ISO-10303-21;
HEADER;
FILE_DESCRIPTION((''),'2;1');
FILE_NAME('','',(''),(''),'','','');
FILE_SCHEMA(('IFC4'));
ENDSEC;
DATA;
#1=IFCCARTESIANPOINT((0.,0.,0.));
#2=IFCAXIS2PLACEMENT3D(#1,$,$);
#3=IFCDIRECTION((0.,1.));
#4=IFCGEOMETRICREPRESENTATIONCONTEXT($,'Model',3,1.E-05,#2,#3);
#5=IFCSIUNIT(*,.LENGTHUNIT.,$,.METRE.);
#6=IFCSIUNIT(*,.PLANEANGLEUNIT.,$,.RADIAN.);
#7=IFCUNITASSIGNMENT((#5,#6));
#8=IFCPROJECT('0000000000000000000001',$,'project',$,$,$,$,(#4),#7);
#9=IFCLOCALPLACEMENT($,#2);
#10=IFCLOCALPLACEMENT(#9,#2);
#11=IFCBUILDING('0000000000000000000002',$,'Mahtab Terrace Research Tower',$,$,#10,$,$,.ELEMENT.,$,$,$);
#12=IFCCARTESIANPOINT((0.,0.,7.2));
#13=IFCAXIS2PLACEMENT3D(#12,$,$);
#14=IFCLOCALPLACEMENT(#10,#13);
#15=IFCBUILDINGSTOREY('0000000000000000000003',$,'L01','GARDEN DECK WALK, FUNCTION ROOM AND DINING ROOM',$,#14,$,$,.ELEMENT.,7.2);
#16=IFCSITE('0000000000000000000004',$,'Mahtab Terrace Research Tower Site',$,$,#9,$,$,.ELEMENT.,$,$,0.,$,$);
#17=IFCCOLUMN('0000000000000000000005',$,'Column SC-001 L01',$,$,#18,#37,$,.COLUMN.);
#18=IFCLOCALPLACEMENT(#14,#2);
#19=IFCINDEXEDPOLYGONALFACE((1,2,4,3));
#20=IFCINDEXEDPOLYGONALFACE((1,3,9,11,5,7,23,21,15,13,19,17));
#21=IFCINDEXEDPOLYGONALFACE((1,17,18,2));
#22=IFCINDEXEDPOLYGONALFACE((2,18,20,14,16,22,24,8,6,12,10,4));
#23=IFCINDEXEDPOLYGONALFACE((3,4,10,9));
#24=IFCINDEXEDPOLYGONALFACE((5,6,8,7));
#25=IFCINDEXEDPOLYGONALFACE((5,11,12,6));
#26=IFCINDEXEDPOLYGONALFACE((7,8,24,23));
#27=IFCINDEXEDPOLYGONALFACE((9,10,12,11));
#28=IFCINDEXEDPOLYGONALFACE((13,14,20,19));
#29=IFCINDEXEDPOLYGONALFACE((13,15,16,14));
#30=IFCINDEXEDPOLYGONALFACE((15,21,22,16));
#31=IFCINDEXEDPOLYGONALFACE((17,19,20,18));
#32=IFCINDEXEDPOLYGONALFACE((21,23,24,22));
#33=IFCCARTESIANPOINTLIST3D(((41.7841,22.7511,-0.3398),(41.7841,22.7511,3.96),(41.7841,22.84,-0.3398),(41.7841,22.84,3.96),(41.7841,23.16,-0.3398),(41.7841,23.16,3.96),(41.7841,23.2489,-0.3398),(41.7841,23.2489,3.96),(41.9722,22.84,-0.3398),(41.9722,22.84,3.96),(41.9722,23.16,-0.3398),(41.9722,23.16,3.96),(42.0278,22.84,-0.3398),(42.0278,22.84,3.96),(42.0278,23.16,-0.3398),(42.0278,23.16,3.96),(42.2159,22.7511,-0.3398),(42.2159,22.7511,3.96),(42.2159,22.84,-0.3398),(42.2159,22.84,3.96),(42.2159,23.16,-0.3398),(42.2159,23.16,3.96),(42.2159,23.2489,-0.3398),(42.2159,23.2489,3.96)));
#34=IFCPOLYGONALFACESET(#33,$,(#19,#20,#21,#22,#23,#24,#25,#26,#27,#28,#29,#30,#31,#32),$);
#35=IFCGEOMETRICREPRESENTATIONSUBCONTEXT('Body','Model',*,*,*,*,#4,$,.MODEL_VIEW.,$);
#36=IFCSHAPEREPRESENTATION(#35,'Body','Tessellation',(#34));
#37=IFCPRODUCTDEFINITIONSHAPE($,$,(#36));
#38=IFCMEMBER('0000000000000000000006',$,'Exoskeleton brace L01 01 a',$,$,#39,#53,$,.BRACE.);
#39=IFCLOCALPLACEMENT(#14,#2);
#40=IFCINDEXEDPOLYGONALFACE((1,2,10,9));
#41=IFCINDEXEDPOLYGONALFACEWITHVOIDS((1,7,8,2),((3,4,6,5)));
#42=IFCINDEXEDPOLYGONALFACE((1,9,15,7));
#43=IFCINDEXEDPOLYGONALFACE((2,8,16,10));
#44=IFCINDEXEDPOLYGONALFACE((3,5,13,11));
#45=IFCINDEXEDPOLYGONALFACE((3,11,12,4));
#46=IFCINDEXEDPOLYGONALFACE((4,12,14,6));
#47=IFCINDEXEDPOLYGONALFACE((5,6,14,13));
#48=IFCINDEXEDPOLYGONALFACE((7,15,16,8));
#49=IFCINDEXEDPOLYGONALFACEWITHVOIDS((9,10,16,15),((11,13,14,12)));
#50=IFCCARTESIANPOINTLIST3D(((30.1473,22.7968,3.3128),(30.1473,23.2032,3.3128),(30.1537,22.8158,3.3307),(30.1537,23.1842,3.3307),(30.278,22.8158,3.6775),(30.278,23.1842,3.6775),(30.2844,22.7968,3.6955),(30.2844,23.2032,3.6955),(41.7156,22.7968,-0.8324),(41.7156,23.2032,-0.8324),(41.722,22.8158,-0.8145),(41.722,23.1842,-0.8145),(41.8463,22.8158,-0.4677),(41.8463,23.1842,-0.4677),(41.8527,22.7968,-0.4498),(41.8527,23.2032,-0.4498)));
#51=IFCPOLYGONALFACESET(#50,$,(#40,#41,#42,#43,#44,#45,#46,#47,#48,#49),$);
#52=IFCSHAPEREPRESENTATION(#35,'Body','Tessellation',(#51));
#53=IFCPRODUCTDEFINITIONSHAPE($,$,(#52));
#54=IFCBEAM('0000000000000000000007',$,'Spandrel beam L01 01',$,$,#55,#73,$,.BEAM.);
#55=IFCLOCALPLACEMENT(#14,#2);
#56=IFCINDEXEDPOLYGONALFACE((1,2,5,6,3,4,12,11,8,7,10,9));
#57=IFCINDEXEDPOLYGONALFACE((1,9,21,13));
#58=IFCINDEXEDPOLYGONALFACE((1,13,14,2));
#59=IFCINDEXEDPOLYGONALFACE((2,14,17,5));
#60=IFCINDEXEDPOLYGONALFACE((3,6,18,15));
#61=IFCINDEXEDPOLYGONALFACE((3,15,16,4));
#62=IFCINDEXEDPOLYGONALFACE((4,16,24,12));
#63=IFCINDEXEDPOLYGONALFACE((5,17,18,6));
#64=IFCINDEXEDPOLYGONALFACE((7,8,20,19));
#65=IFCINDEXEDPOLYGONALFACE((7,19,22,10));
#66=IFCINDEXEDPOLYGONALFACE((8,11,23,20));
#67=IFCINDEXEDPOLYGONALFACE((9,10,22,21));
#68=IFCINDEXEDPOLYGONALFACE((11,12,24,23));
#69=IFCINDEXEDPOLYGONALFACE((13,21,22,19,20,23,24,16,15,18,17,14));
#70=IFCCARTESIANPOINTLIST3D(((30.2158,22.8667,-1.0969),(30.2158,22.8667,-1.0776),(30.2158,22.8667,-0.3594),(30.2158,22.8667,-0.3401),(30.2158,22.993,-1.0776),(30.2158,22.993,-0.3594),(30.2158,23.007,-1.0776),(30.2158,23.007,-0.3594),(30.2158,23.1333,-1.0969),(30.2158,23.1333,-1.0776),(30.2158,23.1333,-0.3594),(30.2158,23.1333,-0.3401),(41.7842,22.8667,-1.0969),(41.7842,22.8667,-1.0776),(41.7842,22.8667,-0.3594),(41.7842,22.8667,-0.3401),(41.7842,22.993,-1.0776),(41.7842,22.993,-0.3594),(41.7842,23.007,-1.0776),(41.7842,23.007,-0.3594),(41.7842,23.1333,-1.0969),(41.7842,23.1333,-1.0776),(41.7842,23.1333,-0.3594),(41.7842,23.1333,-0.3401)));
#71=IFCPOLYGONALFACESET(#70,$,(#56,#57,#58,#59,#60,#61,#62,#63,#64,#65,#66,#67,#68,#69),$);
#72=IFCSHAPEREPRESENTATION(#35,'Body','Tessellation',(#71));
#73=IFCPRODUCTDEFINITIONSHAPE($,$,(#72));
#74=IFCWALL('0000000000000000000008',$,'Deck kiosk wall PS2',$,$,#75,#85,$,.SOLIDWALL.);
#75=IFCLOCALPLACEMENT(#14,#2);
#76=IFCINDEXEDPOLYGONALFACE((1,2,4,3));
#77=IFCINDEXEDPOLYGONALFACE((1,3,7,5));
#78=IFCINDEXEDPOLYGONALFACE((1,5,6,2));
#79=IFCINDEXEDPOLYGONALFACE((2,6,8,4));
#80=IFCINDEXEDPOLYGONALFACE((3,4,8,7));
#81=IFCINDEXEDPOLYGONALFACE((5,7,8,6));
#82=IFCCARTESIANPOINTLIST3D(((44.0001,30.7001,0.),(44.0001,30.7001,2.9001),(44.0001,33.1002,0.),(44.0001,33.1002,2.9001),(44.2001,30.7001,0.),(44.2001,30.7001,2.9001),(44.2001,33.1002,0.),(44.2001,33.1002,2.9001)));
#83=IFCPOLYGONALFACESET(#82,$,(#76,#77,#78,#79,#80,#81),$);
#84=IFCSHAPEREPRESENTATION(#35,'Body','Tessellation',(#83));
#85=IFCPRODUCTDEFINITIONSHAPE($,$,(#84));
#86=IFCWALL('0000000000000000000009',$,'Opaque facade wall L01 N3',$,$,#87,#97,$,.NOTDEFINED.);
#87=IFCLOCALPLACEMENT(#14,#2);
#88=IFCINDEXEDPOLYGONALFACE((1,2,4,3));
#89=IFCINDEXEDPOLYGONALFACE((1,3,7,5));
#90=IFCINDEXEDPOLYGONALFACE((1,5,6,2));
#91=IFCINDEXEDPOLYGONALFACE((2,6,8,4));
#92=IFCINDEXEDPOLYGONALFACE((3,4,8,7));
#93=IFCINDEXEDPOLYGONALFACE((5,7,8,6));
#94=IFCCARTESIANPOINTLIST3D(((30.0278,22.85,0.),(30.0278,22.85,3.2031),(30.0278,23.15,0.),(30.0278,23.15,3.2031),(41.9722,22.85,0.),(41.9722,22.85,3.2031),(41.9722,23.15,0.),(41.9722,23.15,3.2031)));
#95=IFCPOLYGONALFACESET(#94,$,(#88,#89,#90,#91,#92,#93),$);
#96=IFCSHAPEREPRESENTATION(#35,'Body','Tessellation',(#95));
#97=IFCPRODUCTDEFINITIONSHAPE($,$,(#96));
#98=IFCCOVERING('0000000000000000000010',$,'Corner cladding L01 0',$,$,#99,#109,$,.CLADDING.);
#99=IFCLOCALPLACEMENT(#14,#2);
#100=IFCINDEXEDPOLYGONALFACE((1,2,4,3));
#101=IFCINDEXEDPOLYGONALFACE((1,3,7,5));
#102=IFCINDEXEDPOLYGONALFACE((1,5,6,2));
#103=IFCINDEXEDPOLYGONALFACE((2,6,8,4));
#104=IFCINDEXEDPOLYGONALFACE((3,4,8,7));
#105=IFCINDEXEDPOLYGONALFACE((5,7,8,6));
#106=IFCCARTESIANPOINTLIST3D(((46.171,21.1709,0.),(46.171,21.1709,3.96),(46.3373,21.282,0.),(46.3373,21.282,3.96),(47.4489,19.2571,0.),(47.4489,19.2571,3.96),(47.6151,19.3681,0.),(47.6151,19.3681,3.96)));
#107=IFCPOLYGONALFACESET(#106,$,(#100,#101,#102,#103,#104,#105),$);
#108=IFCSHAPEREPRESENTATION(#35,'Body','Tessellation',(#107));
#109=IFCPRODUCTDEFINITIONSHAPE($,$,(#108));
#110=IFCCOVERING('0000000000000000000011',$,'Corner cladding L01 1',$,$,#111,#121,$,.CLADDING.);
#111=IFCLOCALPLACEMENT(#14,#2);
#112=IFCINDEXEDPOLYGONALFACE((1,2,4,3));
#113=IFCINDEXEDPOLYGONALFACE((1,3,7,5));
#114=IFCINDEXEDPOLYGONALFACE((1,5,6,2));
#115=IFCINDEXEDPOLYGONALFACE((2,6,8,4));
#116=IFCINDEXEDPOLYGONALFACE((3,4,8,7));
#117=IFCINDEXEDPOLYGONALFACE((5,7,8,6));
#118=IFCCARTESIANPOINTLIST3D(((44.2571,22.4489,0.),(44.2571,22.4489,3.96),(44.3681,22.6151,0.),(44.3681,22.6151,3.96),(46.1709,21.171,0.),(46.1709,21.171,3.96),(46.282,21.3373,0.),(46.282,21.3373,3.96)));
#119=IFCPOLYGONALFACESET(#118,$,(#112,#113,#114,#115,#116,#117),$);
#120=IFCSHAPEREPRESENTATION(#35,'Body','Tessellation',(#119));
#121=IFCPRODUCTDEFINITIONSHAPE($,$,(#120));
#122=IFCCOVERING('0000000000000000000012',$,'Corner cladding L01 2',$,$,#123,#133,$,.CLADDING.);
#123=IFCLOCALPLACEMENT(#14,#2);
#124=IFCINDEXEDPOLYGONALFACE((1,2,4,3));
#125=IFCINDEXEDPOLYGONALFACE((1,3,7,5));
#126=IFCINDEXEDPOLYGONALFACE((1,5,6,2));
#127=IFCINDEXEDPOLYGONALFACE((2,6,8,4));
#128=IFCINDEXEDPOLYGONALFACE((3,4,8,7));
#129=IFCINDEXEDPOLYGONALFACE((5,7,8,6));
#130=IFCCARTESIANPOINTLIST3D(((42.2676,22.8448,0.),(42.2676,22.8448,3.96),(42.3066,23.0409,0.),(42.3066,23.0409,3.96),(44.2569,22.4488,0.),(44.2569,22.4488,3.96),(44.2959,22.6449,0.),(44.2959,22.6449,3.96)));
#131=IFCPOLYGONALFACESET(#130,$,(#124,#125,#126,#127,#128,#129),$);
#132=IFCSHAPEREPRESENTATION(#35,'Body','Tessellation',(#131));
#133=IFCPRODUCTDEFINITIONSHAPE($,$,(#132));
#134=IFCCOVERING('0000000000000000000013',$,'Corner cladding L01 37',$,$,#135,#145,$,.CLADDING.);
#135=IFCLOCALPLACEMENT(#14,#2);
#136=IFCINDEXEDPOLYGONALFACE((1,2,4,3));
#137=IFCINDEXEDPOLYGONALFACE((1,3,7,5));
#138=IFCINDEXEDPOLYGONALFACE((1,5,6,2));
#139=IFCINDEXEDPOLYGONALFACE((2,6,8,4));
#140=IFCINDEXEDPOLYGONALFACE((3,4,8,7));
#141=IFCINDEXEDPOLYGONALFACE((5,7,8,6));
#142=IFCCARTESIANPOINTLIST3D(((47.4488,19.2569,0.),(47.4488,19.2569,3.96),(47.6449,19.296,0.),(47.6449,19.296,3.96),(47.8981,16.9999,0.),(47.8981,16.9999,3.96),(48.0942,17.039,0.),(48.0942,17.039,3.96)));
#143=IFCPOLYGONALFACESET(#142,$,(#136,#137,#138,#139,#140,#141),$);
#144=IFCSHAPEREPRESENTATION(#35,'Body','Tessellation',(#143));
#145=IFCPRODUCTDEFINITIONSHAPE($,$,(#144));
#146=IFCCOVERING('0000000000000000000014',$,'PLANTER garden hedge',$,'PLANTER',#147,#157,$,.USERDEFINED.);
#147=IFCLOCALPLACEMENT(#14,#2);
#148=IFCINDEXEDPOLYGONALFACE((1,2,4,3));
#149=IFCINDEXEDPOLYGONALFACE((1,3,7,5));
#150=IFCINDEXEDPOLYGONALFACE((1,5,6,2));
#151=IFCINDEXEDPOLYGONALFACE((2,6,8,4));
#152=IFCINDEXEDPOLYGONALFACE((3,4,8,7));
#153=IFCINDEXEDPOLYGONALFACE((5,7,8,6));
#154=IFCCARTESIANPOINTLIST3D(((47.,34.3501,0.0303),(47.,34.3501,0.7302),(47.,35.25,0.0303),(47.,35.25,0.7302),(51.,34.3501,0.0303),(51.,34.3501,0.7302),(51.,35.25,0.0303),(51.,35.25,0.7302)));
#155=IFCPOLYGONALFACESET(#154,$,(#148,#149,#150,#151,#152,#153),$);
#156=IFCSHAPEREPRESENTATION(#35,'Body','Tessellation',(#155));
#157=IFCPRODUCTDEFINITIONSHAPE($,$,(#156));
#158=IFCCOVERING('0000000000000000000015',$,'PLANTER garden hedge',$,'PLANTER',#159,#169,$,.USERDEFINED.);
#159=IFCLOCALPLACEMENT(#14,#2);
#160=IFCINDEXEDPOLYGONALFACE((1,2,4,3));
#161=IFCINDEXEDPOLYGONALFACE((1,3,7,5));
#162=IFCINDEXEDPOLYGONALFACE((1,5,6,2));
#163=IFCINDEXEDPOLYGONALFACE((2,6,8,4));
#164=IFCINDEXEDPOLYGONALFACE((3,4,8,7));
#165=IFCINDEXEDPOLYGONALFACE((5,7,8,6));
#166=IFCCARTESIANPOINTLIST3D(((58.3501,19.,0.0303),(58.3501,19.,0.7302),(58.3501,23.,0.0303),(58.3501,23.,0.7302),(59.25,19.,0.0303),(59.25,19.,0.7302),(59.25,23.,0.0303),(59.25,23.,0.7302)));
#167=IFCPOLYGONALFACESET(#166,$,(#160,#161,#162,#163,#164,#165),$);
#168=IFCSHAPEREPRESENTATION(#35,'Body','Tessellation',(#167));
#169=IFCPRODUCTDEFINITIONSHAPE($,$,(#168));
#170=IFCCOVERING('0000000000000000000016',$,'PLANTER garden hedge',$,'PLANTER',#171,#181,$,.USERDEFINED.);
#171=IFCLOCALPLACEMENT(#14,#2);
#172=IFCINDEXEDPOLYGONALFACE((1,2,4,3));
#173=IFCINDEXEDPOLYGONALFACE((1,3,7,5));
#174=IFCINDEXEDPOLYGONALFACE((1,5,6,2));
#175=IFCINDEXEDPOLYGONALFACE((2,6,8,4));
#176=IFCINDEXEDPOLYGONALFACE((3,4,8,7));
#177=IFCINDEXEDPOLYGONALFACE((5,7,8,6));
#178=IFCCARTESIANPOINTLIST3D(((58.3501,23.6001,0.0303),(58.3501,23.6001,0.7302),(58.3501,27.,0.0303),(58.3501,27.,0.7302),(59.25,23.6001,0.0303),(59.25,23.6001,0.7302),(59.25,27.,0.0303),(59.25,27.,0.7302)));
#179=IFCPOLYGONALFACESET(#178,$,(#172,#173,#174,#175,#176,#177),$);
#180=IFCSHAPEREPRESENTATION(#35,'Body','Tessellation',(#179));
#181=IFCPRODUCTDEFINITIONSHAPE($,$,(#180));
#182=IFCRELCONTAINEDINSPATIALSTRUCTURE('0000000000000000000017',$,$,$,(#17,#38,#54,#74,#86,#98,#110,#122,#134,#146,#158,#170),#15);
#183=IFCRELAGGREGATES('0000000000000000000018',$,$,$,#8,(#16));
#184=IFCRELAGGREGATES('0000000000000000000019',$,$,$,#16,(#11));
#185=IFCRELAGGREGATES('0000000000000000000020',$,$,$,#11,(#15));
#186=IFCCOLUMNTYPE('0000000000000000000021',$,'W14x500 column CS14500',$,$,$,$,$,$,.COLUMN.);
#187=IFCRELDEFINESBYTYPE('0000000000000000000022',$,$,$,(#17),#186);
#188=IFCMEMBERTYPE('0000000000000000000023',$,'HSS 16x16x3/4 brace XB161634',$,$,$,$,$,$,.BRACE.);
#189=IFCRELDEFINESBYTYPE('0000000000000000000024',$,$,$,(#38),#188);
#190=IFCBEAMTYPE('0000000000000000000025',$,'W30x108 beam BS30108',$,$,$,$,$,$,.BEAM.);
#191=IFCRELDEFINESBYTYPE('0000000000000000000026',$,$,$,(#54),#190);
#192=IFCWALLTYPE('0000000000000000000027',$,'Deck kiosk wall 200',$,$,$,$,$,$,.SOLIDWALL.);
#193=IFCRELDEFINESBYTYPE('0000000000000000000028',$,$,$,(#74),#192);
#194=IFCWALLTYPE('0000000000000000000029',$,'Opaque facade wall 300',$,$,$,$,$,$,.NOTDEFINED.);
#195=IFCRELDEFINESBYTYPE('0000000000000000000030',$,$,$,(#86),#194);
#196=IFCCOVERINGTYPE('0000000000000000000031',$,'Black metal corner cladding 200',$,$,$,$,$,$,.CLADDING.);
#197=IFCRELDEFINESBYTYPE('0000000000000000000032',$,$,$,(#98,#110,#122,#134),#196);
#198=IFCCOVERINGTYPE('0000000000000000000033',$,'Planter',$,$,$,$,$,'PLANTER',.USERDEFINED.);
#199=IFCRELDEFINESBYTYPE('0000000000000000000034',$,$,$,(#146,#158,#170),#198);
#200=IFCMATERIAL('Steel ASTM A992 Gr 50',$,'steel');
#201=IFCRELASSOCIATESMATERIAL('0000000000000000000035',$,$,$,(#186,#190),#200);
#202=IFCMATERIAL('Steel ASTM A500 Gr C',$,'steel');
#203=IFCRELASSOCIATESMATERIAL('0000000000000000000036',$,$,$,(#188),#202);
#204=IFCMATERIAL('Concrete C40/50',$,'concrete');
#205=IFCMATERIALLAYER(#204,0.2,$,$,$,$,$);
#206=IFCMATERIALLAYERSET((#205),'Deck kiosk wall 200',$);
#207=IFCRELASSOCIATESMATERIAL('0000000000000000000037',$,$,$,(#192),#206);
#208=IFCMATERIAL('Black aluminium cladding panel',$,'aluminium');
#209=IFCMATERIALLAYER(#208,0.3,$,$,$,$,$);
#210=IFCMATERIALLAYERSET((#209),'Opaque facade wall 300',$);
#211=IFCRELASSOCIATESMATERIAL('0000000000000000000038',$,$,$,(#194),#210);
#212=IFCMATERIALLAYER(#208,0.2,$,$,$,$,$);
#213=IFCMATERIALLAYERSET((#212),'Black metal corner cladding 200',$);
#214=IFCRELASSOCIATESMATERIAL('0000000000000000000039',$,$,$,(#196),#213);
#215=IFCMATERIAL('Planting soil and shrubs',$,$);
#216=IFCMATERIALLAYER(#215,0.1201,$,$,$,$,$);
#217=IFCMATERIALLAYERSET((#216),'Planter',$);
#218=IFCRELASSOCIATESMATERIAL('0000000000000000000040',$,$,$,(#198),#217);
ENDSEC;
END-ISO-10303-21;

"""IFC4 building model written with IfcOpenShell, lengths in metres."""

from ifc_helpers import new_model, si_unit, direction, frame, frame_2d, origin, origin_2d, place, context, subcontext, project, spatial, rectangle, hollow_rectangle, i_section, extrude, material, layer, layer_set, material_profile, profile_set, type_object, element, save


model = new_model("IFC4")

# Units and contexts
model_context = context("Model", 3, precision=1e-05, world=origin(), true_north=direction((0.0, 1.0)))
body_context = subcontext(model_context, "Body", "Model", "MODEL_VIEW")
ifc_project = project(units=[si_unit("LENGTHUNIT", "METRE"), si_unit("PLANEANGLEUNIT", "RADIAN")], contexts=[model_context])

# Site, building, storey
site_placement = place(None, origin())
site = spatial("IfcSite", under=ifc_project, at=site_placement, Name="Mahtab Terrace Research Tower Site", CompositionType="ELEMENT", RefElevation=0.0)
building_placement = place(site_placement, origin())
building = spatial("IfcBuilding", under=site, at=building_placement, Name="Mahtab Terrace Research Tower", CompositionType="ELEMENT")
storey_placement = place(building_placement, frame((0.0, 0.0, 7.2)))
storey = spatial("IfcBuildingStorey", under=building, at=storey_placement, Name="L01", Description="GARDEN DECK WALK, FUNCTION ROOM AND DINING ROOM", CompositionType="ELEMENT", Elevation=7.2)

# Column
ifc_material_1 = material(Name="Steel ASTM A992 Gr 50", Category="steel")
ifc_material_profile_1 = material_profile(ifc_material_1, i_section(OverallWidth=0.4319, OverallDepth=0.4978, WebThickness=0.0557, FlangeThickness=0.0889, at=origin_2d()), Name="W14X500")
ifc_profile_set_1 = profile_set([ifc_material_profile_1], Name="Steel ASTM A992 Gr 50")
column_type = type_object("IfcColumnType", Name="W14x500 column CS14500", PredefinedType="COLUMN", material=ifc_profile_set_1)
column_placement = place(storey_placement, frame((42.0, 23.0, -0.3398), z_axis=(0.0, 0.0, 1.0), x_axis=(1.0, 0.0, 0.0)))
element("IfcColumn", 1, at=column_placement, inside=storey, type_object=column_type, Name="Column SC-001 L01", PredefinedType="COLUMN", context=body_context, shape_type="SweptSolid", body=[
    extrude(i_section(OverallWidth=0.4319, OverallDepth=0.4978, WebThickness=0.0557, FlangeThickness=0.0889, at=origin_2d()), origin(), (0.0, 0.0, 1.0), 4.2998),
])

# Member
ifc_material_2 = material(Name="Steel ASTM A500 Gr C", Category="steel")
ifc_material_profile_2 = material_profile(ifc_material_2, hollow_rectangle(XDim=0.4065, YDim=0.4065, WallThickness=0.019, at=origin_2d()), Name="HSS16X16X3/4")
ifc_profile_set_2 = profile_set([ifc_material_profile_2], Name="Steel ASTM A500 Gr C")
member_type = type_object("IfcMemberType", Name="HSS 16x16x3/4 brace XB161634", PredefinedType="BRACE", material=ifc_profile_set_2)
member_placement = place(storey_placement, frame((41.7842, 23.0, -0.6411), z_axis=(-0.941388, 0.0, 0.337325), x_axis=(0.0, -1.0, 0.0)))
element("IfcMember", 2, at=member_placement, inside=storey, type_object=member_type, Name="Exoskeleton brace L01 01 a", PredefinedType="BRACE", context=body_context, shape_type="SweptSolid", body=[
    extrude(hollow_rectangle(XDim=0.4065, YDim=0.4065, WallThickness=0.019, at=origin_2d()), origin(), (0.0, 0.0, 1.0), 12.2886),
])

# Beam
ifc_material_profile_3 = material_profile(ifc_material_1, i_section(OverallWidth=0.2666, OverallDepth=0.7568, WebThickness=0.0139, FlangeThickness=0.0193, at=origin_2d()), Name="W30X108")
ifc_profile_set_3 = profile_set([ifc_material_profile_3], Name="Steel ASTM A992 Gr 50")
beam_type = type_object("IfcBeamType", Name="W30x108 beam BS30108", PredefinedType="BEAM", material=ifc_profile_set_3)
beam_placement = place(storey_placement, frame((41.7842, 23.0, -0.7185), z_axis=(-1.0, 0.0, 0.0), x_axis=(0.0, -1.0, 0.0)))
element("IfcBeam", 3, at=beam_placement, inside=storey, type_object=beam_type, Name="Spandrel beam L01 01", PredefinedType="BEAM", context=body_context, shape_type="SweptSolid", body=[
    extrude(i_section(OverallWidth=0.2666, OverallDepth=0.7568, WebThickness=0.0139, FlangeThickness=0.0193, at=origin_2d()), origin(), (0.0, 0.0, 1.0), 11.5684),
])

# Walls
ifc_material_3 = material(Name="Concrete C40/50", Category="concrete")
ifc_layer_1 = layer(ifc_material_3, 0.2)
ifc_layer_set_1 = layer_set([ifc_layer_1], Name="Deck kiosk wall 200")
wall_type_1 = type_object("IfcWallType", Name="Deck kiosk wall 200", PredefinedType="SOLIDWALL", material=ifc_layer_set_1)
wall_1_placement = place(storey_placement, frame((44.1001, 30.7, 0.0), z_axis=(0.0, 0.0, 1.0), x_axis=(0.0, 1.0, 0.0)))
element("IfcWall", 4, at=wall_1_placement, inside=storey, type_object=wall_type_1, Name="Deck kiosk wall PS2", PredefinedType="SOLIDWALL", context=body_context, shape_type="SweptSolid", body=[
    extrude(rectangle(XDim=2.4001, YDim=0.2, at=frame_2d((1.2002, 0.0))), origin(), (0.0, 0.0, 1.0), 2.9001),
])
ifc_material_4 = material(Name="Black aluminium cladding panel", Category="aluminium")
ifc_layer_2 = layer(ifc_material_4, 0.3)
ifc_layer_set_2 = layer_set([ifc_layer_2], Name="Opaque facade wall 300")
wall_type_2 = type_object("IfcWallType", Name="Opaque facade wall 300", PredefinedType="NOTDEFINED", material=ifc_layer_set_2)
wall_2_placement = place(storey_placement, frame((41.9722, 23.0, 0.0), z_axis=(0.0, 0.0, 1.0), x_axis=(-1.0, 0.0, 0.0)))
element("IfcWall", 5, at=wall_2_placement, inside=storey, type_object=wall_type_2, Name="Opaque facade wall L01 N3", PredefinedType="NOTDEFINED", context=body_context, shape_type="SweptSolid", body=[
    extrude(rectangle(XDim=11.9443, YDim=0.3, at=frame_2d((5.9722, 0.0))), origin(), (0.0, 0.0, 1.0), 3.2031),
])

# Coverings
ifc_layer_3 = layer(ifc_material_4, 0.2)
ifc_layer_set_3 = layer_set([ifc_layer_3], Name="Black metal corner cladding 200")
covering_type_1 = type_object("IfcCoveringType", Name="Black metal corner cladding 200", PredefinedType="CLADDING", material=ifc_layer_set_3)
for number, where, z_axis, x_axis, name in (
    (6, (46.8931, 20.2695, 0.0), (0.0, 0.0, 1.0), (-0.555291, 0.831656, 0.0), "Corner cladding L01 0"),
    (7, (45.2695, 21.8931, 0.0), (0.0, 0.0, 1.0), (-0.831656, 0.555291, 0.0), "Corner cladding L01 1"),
):
    element("IfcCovering", number, at=place(storey_placement, frame(where, z_axis=z_axis, x_axis=x_axis)), inside=storey, type_object=covering_type_1, Name=name, PredefinedType="CLADDING", context=body_context, shape_type="SweptSolid", body=[
        extrude(rectangle(XDim=2.3013, YDim=0.2, at=origin_2d()), origin(), (0.0, 0.0, 1.0), 3.96),
    ])
covering_1_placement = place(storey_placement, frame((43.2817, 22.7449, 0.0), z_axis=(0.0, 0.0, 1.0), x_axis=(-0.980761, 0.195212, 0.0)))
element("IfcCovering", 8, at=covering_1_placement, inside=storey, type_object=covering_type_1, Name="Corner cladding L01 2", PredefinedType="CLADDING", context=body_context, shape_type="SweptSolid", body=[
    extrude(rectangle(XDim=2.0283, YDim=0.2, at=origin_2d()), origin(), (0.0, 0.0, 1.0), 3.96),
])
covering_2_placement = place(storey_placement, frame((47.7715, 18.1479, 0.0), z_axis=(0.0, 0.0, 1.0), x_axis=(-0.195212, 0.980761, 0.0)))
element("IfcCovering", 9, at=covering_2_placement, inside=storey, type_object=covering_type_1, Name="Corner cladding L01 37", PredefinedType="CLADDING", context=body_context, shape_type="SweptSolid", body=[
    extrude(rectangle(XDim=2.3013, YDim=0.2, at=origin_2d()), origin(), (0.0, 0.0, 1.0), 3.96),
])
ifc_material_5 = material(Name="Planting soil and shrubs")
ifc_layer_4 = layer(ifc_material_5, 0.1201)
ifc_layer_set_4 = layer_set([ifc_layer_4], Name="Planter")
covering_type_2 = type_object("IfcCoveringType", Name="Planter", ElementType="PLANTER", PredefinedType="USERDEFINED", material=ifc_layer_set_4)
for number, where, z_axis, x_axis, name in (
    (10, (49.0, 34.8, 0.0303), (0.0, 0.0, 1.0), (-1.0, 0.0, 0.0), "PLANTER garden hedge"),
    (11, (58.8, 21.0, 0.0303), (0.0, 0.0, 1.0), (0.0, 1.0, 0.0), "PLANTER garden hedge"),
):
    element("IfcCovering", number, at=place(storey_placement, frame(where, z_axis=z_axis, x_axis=x_axis)), inside=storey, type_object=covering_type_2, Name=name, ObjectType="PLANTER", PredefinedType="USERDEFINED", context=body_context, shape_type="SweptSolid", body=[
        extrude(rectangle(XDim=4.0, YDim=0.8999, at=origin_2d()), origin(), (0.0, 0.0, 1.0), 0.7),
    ])
covering_3_placement = place(storey_placement, frame((58.8, 25.3, 0.0303), z_axis=(0.0, 0.0, 1.0), x_axis=(0.0, 1.0, 0.0)))
element("IfcCovering", 12, at=covering_3_placement, inside=storey, type_object=covering_type_2, Name="PLANTER garden hedge", ObjectType="PLANTER", PredefinedType="USERDEFINED", context=body_context, shape_type="SweptSolid", body=[
    extrude(rectangle(XDim=3.3999, YDim=0.8999, at=origin_2d()), origin(), (0.0, 0.0, 1.0), 0.7),
])

save(model, "model.ifc")
